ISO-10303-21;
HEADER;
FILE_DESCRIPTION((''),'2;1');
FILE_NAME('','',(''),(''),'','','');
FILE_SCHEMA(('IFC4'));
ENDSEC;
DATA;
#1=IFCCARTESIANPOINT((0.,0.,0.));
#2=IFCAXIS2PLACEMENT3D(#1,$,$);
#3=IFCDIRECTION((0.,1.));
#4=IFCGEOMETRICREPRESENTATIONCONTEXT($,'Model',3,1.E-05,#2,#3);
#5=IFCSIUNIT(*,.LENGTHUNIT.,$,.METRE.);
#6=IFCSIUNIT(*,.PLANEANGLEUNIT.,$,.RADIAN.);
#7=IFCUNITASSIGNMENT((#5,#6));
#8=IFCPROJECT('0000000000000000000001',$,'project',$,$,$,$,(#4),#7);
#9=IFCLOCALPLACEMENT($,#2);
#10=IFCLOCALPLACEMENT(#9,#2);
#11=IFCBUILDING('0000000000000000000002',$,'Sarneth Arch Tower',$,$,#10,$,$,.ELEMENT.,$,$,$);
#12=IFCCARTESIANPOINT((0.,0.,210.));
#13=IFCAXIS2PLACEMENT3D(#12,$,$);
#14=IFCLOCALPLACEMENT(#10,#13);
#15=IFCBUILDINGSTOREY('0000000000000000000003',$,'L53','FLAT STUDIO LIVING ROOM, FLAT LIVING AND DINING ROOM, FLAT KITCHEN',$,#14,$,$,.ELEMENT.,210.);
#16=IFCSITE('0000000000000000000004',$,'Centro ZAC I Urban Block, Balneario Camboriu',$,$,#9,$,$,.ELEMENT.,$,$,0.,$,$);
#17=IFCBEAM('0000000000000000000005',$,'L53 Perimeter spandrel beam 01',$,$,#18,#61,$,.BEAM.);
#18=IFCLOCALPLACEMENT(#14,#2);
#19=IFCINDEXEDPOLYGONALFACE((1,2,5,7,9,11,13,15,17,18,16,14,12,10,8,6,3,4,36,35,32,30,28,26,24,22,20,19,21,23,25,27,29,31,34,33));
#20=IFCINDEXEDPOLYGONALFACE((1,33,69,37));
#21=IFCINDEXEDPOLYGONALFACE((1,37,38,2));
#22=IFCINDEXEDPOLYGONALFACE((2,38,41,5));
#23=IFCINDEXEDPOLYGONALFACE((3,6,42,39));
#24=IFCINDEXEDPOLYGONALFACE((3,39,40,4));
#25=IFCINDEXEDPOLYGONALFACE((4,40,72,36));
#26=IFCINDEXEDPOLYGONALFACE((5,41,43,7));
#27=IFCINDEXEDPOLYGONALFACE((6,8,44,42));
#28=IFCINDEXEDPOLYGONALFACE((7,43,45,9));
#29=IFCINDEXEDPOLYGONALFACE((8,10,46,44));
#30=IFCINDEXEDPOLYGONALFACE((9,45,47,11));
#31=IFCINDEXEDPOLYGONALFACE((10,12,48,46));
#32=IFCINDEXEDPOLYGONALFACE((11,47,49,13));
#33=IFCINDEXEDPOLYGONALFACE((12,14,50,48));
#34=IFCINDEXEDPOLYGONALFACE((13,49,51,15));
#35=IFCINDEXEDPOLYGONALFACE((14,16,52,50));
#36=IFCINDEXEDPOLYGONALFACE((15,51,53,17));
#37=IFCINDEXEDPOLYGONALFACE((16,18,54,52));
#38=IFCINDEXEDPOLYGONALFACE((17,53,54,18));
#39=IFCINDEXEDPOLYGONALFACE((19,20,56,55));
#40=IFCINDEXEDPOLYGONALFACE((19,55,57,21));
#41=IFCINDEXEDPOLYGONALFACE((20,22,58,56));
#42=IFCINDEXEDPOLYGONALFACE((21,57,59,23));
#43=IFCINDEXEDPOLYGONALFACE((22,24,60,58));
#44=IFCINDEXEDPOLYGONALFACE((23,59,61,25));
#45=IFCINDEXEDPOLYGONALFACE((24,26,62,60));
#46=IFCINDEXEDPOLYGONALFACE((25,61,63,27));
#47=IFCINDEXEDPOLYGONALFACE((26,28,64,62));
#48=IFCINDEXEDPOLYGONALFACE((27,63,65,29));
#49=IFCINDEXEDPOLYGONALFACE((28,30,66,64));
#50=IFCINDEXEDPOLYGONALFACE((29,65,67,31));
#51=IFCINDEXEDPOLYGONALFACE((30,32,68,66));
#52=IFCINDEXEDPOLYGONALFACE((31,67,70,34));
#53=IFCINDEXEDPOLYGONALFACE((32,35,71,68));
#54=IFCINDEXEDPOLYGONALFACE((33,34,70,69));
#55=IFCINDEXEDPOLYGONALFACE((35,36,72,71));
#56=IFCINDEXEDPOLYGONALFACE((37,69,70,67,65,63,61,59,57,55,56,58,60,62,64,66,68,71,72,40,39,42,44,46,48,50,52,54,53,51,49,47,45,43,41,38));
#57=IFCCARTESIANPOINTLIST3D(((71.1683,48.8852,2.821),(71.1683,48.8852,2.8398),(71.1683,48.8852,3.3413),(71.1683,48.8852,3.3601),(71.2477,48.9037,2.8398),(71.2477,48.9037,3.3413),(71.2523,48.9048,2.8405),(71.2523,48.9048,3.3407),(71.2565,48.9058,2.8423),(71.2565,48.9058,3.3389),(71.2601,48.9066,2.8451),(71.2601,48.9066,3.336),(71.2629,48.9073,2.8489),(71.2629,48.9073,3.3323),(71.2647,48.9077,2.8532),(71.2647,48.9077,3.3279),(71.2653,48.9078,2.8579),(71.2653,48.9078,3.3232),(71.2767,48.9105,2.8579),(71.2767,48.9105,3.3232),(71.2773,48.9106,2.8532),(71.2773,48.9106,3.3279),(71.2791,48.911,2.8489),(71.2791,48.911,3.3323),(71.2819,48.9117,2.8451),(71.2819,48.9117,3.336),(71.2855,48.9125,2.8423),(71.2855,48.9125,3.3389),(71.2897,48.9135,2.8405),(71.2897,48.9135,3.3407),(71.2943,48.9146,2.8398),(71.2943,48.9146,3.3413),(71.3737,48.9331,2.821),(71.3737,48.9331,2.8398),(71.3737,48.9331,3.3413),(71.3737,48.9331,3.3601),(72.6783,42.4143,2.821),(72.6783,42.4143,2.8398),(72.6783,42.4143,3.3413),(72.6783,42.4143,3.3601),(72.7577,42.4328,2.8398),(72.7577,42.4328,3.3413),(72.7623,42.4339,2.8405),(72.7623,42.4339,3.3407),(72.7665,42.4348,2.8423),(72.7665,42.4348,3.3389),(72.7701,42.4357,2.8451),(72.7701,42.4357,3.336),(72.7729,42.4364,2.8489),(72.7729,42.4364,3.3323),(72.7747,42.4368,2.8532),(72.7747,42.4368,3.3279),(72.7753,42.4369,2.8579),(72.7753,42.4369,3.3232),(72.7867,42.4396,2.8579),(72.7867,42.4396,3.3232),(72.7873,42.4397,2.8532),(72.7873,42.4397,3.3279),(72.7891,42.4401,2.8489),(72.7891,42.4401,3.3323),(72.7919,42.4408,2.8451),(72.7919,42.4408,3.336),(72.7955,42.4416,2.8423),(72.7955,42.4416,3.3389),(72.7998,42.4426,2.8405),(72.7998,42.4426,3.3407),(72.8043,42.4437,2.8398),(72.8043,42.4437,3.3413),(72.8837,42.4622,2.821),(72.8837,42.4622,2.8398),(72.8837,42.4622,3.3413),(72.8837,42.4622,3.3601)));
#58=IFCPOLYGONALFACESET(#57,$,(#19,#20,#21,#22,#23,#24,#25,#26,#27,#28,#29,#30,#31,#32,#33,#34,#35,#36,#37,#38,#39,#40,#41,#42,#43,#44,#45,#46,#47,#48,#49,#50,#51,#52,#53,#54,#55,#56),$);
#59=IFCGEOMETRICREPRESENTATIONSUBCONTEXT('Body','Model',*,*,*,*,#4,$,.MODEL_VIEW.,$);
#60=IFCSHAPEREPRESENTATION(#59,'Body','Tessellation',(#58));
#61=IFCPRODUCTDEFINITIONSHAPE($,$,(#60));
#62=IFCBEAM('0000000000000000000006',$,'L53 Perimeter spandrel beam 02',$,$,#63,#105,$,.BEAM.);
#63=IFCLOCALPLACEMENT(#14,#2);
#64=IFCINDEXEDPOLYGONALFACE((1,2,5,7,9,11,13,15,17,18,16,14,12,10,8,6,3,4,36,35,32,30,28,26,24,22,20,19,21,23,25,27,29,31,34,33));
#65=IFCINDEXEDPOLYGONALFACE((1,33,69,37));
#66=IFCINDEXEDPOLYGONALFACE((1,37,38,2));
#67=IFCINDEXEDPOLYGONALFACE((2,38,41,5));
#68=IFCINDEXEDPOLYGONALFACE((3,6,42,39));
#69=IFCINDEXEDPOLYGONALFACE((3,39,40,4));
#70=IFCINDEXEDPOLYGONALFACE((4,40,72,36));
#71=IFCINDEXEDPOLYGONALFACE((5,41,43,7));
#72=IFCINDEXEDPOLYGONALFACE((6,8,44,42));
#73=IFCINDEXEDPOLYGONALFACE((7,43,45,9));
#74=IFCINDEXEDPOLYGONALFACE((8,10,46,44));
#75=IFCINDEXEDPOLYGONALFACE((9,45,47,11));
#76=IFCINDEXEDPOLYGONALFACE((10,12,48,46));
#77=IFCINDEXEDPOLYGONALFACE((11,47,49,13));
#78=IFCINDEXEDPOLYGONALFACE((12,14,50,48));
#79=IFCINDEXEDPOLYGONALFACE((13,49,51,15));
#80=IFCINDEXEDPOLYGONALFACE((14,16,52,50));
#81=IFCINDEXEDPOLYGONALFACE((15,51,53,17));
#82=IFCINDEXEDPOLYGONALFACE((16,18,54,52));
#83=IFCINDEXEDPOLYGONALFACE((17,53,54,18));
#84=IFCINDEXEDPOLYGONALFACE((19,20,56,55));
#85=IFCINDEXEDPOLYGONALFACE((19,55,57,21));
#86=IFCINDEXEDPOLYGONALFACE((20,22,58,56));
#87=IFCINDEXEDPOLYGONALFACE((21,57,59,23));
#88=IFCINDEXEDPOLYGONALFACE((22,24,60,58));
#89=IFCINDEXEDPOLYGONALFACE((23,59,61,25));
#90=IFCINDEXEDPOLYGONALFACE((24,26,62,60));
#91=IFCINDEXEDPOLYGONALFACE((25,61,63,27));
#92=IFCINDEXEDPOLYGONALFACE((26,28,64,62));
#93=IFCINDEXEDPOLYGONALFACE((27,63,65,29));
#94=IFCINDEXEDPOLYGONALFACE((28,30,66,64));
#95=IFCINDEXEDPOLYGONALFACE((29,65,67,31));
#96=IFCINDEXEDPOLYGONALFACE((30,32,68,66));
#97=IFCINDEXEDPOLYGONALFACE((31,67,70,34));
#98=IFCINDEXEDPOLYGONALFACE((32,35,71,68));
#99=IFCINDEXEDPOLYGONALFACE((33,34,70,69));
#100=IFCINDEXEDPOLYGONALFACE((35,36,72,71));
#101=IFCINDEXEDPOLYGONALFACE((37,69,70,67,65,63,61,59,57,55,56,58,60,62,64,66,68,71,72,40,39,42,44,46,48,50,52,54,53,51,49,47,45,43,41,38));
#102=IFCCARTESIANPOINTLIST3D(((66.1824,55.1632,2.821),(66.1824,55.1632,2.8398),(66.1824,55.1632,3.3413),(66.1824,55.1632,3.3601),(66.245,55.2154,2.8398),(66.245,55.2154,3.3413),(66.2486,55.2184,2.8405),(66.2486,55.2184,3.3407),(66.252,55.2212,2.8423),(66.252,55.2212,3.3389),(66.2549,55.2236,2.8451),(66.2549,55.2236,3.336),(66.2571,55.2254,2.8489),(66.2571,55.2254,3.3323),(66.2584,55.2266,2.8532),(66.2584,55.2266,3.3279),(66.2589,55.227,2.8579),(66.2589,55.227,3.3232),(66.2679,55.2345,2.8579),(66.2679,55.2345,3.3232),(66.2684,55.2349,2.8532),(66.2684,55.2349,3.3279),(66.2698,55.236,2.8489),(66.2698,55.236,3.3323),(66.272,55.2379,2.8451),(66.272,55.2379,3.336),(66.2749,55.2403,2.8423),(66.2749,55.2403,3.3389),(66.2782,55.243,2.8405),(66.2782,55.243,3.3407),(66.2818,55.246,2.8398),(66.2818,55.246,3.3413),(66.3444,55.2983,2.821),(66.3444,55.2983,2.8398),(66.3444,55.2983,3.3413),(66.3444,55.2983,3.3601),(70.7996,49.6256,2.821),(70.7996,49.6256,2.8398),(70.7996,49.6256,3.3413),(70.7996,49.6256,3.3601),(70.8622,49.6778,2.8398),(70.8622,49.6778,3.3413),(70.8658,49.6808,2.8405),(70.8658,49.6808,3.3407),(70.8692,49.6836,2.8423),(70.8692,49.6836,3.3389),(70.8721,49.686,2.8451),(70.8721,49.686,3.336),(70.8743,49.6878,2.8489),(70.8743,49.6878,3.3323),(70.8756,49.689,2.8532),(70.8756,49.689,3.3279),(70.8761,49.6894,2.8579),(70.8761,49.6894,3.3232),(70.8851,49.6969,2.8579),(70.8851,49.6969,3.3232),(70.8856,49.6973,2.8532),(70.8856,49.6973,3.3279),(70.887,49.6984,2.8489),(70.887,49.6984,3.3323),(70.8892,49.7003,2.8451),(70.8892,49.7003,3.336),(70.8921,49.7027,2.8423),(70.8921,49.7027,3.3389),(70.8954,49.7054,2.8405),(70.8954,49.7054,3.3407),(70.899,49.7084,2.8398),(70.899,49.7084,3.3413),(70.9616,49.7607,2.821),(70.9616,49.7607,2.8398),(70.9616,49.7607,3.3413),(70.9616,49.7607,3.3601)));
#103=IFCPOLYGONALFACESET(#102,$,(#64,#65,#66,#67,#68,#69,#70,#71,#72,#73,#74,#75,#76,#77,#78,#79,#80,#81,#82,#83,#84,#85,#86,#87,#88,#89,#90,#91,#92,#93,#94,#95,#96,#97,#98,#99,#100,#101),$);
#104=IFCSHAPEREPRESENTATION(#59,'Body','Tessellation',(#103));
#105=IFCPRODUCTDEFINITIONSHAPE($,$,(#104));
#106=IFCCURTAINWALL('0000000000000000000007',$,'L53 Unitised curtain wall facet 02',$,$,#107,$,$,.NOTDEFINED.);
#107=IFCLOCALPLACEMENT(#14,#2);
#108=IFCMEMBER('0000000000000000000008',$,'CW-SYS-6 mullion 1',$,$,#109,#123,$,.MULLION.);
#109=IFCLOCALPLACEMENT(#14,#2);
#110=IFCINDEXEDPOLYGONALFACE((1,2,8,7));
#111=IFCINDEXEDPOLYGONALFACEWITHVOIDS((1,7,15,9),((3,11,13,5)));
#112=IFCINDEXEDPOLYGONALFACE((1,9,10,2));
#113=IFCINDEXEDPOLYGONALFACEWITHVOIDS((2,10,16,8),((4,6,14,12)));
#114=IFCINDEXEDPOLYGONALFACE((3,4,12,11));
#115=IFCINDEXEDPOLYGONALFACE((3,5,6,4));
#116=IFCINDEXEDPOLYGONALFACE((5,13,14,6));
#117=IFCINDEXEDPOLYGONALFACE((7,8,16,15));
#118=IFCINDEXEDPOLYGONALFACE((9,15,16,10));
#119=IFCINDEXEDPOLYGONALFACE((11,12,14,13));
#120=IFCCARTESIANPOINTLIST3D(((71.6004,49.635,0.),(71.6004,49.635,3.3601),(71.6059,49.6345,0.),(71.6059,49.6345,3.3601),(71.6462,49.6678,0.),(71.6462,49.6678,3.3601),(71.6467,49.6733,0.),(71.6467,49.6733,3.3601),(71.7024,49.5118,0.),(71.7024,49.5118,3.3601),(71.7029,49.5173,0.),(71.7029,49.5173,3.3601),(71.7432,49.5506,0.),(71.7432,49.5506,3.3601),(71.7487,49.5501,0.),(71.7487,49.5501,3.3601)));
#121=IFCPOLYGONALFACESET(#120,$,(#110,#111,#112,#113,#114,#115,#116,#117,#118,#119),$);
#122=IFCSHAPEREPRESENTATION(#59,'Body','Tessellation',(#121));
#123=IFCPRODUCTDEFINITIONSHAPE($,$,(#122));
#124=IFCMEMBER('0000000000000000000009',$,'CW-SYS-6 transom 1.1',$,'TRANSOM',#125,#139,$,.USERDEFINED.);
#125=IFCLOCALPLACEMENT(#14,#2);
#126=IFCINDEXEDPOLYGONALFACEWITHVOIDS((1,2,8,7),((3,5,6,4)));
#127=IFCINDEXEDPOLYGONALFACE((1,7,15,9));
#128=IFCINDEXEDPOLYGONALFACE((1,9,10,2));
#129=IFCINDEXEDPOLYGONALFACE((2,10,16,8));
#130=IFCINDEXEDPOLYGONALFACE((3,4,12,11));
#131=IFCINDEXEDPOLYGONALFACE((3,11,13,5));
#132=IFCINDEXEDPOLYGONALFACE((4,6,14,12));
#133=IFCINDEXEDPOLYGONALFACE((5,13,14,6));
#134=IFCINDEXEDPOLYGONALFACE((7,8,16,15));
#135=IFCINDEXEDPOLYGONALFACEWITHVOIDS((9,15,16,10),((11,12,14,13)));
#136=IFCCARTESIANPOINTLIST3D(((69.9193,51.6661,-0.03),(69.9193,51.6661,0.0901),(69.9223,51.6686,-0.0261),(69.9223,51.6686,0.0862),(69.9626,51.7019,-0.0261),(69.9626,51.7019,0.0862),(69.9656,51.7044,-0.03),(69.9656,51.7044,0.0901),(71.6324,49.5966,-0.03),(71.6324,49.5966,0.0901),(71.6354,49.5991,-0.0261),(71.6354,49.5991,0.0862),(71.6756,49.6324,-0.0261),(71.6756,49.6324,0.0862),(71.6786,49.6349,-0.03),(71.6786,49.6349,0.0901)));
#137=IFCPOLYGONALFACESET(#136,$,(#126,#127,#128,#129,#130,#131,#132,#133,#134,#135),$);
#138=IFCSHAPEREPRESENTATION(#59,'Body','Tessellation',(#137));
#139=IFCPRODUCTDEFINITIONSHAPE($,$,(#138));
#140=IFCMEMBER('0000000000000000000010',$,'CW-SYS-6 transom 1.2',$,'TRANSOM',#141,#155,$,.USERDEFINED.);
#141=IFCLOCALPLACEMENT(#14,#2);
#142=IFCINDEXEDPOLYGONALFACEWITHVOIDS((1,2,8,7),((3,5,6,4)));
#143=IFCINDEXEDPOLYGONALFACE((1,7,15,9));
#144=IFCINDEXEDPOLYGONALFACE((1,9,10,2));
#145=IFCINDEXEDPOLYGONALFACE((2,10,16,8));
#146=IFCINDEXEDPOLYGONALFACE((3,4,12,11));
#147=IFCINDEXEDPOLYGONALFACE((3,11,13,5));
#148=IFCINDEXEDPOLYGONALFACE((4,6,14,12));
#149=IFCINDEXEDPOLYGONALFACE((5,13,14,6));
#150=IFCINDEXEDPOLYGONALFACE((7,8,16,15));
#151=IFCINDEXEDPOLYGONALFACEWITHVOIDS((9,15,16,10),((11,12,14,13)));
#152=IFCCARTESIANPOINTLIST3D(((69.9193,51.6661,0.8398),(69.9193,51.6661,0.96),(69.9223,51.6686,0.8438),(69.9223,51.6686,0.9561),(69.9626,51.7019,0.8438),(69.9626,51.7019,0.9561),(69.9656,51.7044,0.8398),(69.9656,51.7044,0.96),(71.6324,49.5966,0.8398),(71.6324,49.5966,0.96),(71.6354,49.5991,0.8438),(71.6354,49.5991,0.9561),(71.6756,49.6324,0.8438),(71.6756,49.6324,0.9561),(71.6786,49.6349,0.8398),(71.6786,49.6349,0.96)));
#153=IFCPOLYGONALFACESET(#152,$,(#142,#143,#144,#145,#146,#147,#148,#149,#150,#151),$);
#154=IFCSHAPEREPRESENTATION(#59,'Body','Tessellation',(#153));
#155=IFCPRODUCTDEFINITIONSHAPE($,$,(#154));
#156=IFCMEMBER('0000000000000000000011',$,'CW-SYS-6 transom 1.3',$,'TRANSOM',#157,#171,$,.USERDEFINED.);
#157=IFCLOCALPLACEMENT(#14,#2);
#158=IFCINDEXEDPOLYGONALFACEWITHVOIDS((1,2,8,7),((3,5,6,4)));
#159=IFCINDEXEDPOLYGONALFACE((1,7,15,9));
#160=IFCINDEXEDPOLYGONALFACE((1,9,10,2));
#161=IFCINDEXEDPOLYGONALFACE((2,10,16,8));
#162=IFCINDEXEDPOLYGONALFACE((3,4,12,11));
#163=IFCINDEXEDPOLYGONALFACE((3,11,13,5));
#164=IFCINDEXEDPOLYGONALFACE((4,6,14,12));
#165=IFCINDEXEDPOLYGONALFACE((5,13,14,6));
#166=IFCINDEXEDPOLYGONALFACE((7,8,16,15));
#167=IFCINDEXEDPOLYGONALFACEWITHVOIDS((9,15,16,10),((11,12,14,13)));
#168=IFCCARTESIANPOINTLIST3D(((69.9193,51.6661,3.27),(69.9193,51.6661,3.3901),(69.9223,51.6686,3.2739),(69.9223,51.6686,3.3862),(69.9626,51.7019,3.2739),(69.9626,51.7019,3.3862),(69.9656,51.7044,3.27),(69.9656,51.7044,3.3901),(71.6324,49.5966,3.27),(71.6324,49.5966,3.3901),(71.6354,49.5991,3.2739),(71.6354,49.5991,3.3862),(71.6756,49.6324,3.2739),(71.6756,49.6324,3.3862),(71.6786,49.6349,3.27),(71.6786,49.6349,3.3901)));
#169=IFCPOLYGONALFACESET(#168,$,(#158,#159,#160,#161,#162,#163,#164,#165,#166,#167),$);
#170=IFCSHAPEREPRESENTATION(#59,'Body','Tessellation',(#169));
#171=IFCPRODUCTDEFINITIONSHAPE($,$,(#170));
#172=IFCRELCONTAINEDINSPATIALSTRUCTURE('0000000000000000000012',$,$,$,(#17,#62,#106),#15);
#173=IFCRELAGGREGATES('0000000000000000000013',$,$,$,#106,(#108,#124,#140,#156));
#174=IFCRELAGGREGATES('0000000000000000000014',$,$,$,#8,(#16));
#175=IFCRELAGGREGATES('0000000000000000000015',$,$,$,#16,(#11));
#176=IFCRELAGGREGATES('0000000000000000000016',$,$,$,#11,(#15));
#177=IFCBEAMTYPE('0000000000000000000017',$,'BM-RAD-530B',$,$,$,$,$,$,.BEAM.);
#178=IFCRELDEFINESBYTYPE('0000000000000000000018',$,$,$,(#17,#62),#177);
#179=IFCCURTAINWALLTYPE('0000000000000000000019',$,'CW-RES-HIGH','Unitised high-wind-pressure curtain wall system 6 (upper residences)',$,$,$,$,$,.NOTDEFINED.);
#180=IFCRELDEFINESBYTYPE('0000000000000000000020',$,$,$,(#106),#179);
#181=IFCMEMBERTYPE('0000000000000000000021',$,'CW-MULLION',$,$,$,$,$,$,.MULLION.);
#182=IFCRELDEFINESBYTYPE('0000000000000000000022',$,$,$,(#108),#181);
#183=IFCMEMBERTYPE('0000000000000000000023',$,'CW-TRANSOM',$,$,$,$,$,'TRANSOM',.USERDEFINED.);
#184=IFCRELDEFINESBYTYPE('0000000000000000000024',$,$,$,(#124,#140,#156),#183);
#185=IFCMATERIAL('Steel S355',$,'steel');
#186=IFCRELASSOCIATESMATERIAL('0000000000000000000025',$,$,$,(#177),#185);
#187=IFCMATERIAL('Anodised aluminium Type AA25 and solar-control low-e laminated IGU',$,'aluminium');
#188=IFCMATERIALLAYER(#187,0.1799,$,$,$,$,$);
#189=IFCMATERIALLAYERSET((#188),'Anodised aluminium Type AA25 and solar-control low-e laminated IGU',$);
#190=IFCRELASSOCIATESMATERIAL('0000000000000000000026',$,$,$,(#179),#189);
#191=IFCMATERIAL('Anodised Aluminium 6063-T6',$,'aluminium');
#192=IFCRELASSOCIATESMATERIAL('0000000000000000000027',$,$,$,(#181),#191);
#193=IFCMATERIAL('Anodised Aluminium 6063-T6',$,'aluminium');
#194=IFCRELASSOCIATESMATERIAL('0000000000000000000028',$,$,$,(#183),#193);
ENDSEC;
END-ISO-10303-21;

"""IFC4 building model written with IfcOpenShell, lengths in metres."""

from ifc_helpers import new_model, si_unit, direction, frame, origin, origin_2d, place, context, subcontext, project, spatial, hollow_rectangle, i_section, extrude, material, layer, layer_set, material_profile, profile_set, type_object, element, aggregate, save


model = new_model("IFC4")

# Units and contexts
model_context = context("Model", 3, precision=1e-05, world=origin(), true_north=direction((0.0, 1.0)))
body_context = subcontext(model_context, "Body", "Model", "MODEL_VIEW")
ifc_project = project(units=[si_unit("LENGTHUNIT", "METRE"), si_unit("PLANEANGLEUNIT", "RADIAN")], contexts=[model_context])

# Site, building, storey
site_placement = place(None, origin())
site = spatial("IfcSite", under=ifc_project, at=site_placement, Name="Centro ZAC I Urban Block, Balneario Camboriu", CompositionType="ELEMENT", RefElevation=0.0)
building_placement = place(site_placement, origin())
building = spatial("IfcBuilding", under=site, at=building_placement, Name="Sarneth Arch Tower", CompositionType="ELEMENT")
storey_placement = place(building_placement, frame((0.0, 0.0, 210.0)))
storey = spatial("IfcBuildingStorey", under=building, at=storey_placement, Name="L53", Description="FLAT STUDIO LIVING ROOM, FLAT LIVING AND DINING ROOM, FLAT KITCHEN", CompositionType="ELEMENT", Elevation=210.0)

# Beams
ifc_material_1 = material(Name="Steel S355", Category="steel")
ifc_material_profile_1 = material_profile(ifc_material_1, i_section(OverallWidth=0.2109, OverallDepth=0.5391, WebThickness=0.0117, FlangeThickness=0.0188, FilletRadius=0.0181, at=origin_2d()), Name="W530x109")
ifc_profile_set_1 = profile_set([ifc_material_profile_1], Name="Steel S355")
beam_type = type_object("IfcBeamType", Name="BM-RAD-530B", PredefinedType="BEAM", material=ifc_profile_set_1)
beam_1_placement = place(storey_placement, frame((72.781, 42.4382, 3.0906), z_axis=(-0.227247, 0.973837, 0.0), x_axis=(-0.973837, -0.227247, 0.0)))
element("IfcBeam", 1, at=beam_1_placement, inside=storey, type_object=beam_type, Name="L53 Perimeter spandrel beam 01", PredefinedType="BEAM", context=body_context, shape_type="SweptSolid", body=[
    extrude(i_section(OverallWidth=0.2109, OverallDepth=0.5391, WebThickness=0.0117, FlangeThickness=0.0188, FilletRadius=0.0181, at=origin_2d()), origin(), (0.0, 0.0, 1.0), 6.6448),
])
beam_2_placement = place(storey_placement, frame((70.8806, 49.6931, 3.0906), z_axis=(-0.640391, 0.768049, 0.0), x_axis=(-0.768049, -0.640391, 0.0)))
element("IfcBeam", 2, at=beam_2_placement, inside=storey, type_object=beam_type, Name="L53 Perimeter spandrel beam 02", PredefinedType="BEAM", context=body_context, shape_type="SweptSolid", body=[
    extrude(i_section(OverallWidth=0.2109, OverallDepth=0.5391, WebThickness=0.0117, FlangeThickness=0.0188, FilletRadius=0.0181, at=origin_2d()), origin(), (0.0, 0.0, 1.0), 7.21),
])

# Curtain wall, members
ifc_material_2 = material(Name="Anodised aluminium Type AA25 and solar-control low-e laminated IGU", Category="aluminium")
ifc_layer_1 = layer(ifc_material_2, 0.1799)
ifc_layer_set_1 = layer_set([ifc_layer_1], Name="Anodised aluminium Type AA25 and solar-control low-e laminated IGU")
curtain_wall_type = type_object("IfcCurtainWallType", Name="CW-RES-HIGH", Description="Unitised high-wind-pressure curtain wall system 6 (upper residences)", PredefinedType="NOTDEFINED", material=ifc_layer_set_1)
curtain_wall_placement = place(storey_placement, origin())
curtain_wall = element("IfcCurtainWall", 3, at=curtain_wall_placement, inside=storey, type_object=curtain_wall_type, Name="L53 Unitised curtain wall facet 02", PredefinedType="NOTDEFINED")
ifc_material_3 = material(Name="Anodised Aluminium 6063-T6", Category="aluminium")
ifc_material_profile_2 = material_profile(ifc_material_3, hollow_rectangle(XDim=0.0601, YDim=0.1599, WallThickness=0.0039, at=origin_2d()), Name="AL-MULL-160x60x4")
ifc_profile_set_2 = profile_set([ifc_material_profile_2], Name="Anodised Aluminium 6063-T6")
member_type_1 = type_object("IfcMemberType", Name="CW-MULLION", PredefinedType="MULLION", material=ifc_profile_set_2)
member_1_placement = place(storey_placement, frame((71.6746, 49.5925, 0.0), z_axis=(0.0, 0.0, 1.0), x_axis=(-0.770359, -0.63761, 0.0)))
member_1 = element("IfcMember", 4, at=member_1_placement, type_object=member_type_1, Name="CW-SYS-6 mullion 1", PredefinedType="MULLION", context=body_context, shape_type="SweptSolid", body=[
    extrude(hollow_rectangle(XDim=0.0601, YDim=0.1599, WallThickness=0.0039, at=origin_2d()), origin(), (0.0, 0.0, 1.0), 3.3601),
])
ifc_material_4 = material(Name="Anodised Aluminium 6063-T6", Category="aluminium")
ifc_material_profile_3 = material_profile(ifc_material_4, hollow_rectangle(XDim=0.0601, YDim=0.1201, WallThickness=0.0039, at=origin_2d()), Name="AL-TRAN-120x60x4")
ifc_profile_set_3 = profile_set([ifc_material_profile_3], Name="Anodised Aluminium 6063-T6")
member_type_2 = type_object("IfcMemberType", Name="CW-TRANSOM", ElementType="TRANSOM", PredefinedType="USERDEFINED", material=ifc_profile_set_3)
member_2_placement = place(storey_placement, frame((71.6555, 49.6157, 0.03), z_axis=(-0.637651, 0.770325, 0.0), x_axis=(-0.770325, -0.637651, 0.0)))
member_2 = element("IfcMember", 5, at=member_2_placement, type_object=member_type_2, Name="CW-SYS-6 transom 1.1", ObjectType="TRANSOM", PredefinedType="USERDEFINED", context=body_context, shape_type="SweptSolid", body=[
    extrude(hollow_rectangle(XDim=0.0601, YDim=0.1201, WallThickness=0.0039, at=origin_2d()), origin(), (0.0, 0.0, 1.0), 2.6865),
])
member_3_placement = place(storey_placement, frame((71.6555, 49.6157, 0.8999), z_axis=(-0.637651, 0.770325, 0.0), x_axis=(-0.770325, -0.637651, 0.0)))
member_3 = element("IfcMember", 6, at=member_3_placement, type_object=member_type_2, Name="CW-SYS-6 transom 1.2", ObjectType="TRANSOM", PredefinedType="USERDEFINED", context=body_context, shape_type="SweptSolid", body=[
    extrude(hollow_rectangle(XDim=0.0601, YDim=0.1201, WallThickness=0.0039, at=origin_2d()), origin(), (0.0, 0.0, 1.0), 2.6865),
])
member_4_placement = place(storey_placement, frame((71.6555, 49.6157, 3.3301), z_axis=(-0.637651, 0.770325, 0.0), x_axis=(-0.770325, -0.637651, 0.0)))
member_4 = element("IfcMember", 7, at=member_4_placement, type_object=member_type_2, Name="CW-SYS-6 transom 1.3", ObjectType="TRANSOM", PredefinedType="USERDEFINED", context=body_context, shape_type="SweptSolid", body=[
    extrude(hollow_rectangle(XDim=0.0601, YDim=0.1201, WallThickness=0.0039, at=origin_2d()), origin(), (0.0, 0.0, 1.0), 2.6865),
])
aggregate(curtain_wall, [member_1, member_2, member_3, member_4])

save(model, "model.ifc")
